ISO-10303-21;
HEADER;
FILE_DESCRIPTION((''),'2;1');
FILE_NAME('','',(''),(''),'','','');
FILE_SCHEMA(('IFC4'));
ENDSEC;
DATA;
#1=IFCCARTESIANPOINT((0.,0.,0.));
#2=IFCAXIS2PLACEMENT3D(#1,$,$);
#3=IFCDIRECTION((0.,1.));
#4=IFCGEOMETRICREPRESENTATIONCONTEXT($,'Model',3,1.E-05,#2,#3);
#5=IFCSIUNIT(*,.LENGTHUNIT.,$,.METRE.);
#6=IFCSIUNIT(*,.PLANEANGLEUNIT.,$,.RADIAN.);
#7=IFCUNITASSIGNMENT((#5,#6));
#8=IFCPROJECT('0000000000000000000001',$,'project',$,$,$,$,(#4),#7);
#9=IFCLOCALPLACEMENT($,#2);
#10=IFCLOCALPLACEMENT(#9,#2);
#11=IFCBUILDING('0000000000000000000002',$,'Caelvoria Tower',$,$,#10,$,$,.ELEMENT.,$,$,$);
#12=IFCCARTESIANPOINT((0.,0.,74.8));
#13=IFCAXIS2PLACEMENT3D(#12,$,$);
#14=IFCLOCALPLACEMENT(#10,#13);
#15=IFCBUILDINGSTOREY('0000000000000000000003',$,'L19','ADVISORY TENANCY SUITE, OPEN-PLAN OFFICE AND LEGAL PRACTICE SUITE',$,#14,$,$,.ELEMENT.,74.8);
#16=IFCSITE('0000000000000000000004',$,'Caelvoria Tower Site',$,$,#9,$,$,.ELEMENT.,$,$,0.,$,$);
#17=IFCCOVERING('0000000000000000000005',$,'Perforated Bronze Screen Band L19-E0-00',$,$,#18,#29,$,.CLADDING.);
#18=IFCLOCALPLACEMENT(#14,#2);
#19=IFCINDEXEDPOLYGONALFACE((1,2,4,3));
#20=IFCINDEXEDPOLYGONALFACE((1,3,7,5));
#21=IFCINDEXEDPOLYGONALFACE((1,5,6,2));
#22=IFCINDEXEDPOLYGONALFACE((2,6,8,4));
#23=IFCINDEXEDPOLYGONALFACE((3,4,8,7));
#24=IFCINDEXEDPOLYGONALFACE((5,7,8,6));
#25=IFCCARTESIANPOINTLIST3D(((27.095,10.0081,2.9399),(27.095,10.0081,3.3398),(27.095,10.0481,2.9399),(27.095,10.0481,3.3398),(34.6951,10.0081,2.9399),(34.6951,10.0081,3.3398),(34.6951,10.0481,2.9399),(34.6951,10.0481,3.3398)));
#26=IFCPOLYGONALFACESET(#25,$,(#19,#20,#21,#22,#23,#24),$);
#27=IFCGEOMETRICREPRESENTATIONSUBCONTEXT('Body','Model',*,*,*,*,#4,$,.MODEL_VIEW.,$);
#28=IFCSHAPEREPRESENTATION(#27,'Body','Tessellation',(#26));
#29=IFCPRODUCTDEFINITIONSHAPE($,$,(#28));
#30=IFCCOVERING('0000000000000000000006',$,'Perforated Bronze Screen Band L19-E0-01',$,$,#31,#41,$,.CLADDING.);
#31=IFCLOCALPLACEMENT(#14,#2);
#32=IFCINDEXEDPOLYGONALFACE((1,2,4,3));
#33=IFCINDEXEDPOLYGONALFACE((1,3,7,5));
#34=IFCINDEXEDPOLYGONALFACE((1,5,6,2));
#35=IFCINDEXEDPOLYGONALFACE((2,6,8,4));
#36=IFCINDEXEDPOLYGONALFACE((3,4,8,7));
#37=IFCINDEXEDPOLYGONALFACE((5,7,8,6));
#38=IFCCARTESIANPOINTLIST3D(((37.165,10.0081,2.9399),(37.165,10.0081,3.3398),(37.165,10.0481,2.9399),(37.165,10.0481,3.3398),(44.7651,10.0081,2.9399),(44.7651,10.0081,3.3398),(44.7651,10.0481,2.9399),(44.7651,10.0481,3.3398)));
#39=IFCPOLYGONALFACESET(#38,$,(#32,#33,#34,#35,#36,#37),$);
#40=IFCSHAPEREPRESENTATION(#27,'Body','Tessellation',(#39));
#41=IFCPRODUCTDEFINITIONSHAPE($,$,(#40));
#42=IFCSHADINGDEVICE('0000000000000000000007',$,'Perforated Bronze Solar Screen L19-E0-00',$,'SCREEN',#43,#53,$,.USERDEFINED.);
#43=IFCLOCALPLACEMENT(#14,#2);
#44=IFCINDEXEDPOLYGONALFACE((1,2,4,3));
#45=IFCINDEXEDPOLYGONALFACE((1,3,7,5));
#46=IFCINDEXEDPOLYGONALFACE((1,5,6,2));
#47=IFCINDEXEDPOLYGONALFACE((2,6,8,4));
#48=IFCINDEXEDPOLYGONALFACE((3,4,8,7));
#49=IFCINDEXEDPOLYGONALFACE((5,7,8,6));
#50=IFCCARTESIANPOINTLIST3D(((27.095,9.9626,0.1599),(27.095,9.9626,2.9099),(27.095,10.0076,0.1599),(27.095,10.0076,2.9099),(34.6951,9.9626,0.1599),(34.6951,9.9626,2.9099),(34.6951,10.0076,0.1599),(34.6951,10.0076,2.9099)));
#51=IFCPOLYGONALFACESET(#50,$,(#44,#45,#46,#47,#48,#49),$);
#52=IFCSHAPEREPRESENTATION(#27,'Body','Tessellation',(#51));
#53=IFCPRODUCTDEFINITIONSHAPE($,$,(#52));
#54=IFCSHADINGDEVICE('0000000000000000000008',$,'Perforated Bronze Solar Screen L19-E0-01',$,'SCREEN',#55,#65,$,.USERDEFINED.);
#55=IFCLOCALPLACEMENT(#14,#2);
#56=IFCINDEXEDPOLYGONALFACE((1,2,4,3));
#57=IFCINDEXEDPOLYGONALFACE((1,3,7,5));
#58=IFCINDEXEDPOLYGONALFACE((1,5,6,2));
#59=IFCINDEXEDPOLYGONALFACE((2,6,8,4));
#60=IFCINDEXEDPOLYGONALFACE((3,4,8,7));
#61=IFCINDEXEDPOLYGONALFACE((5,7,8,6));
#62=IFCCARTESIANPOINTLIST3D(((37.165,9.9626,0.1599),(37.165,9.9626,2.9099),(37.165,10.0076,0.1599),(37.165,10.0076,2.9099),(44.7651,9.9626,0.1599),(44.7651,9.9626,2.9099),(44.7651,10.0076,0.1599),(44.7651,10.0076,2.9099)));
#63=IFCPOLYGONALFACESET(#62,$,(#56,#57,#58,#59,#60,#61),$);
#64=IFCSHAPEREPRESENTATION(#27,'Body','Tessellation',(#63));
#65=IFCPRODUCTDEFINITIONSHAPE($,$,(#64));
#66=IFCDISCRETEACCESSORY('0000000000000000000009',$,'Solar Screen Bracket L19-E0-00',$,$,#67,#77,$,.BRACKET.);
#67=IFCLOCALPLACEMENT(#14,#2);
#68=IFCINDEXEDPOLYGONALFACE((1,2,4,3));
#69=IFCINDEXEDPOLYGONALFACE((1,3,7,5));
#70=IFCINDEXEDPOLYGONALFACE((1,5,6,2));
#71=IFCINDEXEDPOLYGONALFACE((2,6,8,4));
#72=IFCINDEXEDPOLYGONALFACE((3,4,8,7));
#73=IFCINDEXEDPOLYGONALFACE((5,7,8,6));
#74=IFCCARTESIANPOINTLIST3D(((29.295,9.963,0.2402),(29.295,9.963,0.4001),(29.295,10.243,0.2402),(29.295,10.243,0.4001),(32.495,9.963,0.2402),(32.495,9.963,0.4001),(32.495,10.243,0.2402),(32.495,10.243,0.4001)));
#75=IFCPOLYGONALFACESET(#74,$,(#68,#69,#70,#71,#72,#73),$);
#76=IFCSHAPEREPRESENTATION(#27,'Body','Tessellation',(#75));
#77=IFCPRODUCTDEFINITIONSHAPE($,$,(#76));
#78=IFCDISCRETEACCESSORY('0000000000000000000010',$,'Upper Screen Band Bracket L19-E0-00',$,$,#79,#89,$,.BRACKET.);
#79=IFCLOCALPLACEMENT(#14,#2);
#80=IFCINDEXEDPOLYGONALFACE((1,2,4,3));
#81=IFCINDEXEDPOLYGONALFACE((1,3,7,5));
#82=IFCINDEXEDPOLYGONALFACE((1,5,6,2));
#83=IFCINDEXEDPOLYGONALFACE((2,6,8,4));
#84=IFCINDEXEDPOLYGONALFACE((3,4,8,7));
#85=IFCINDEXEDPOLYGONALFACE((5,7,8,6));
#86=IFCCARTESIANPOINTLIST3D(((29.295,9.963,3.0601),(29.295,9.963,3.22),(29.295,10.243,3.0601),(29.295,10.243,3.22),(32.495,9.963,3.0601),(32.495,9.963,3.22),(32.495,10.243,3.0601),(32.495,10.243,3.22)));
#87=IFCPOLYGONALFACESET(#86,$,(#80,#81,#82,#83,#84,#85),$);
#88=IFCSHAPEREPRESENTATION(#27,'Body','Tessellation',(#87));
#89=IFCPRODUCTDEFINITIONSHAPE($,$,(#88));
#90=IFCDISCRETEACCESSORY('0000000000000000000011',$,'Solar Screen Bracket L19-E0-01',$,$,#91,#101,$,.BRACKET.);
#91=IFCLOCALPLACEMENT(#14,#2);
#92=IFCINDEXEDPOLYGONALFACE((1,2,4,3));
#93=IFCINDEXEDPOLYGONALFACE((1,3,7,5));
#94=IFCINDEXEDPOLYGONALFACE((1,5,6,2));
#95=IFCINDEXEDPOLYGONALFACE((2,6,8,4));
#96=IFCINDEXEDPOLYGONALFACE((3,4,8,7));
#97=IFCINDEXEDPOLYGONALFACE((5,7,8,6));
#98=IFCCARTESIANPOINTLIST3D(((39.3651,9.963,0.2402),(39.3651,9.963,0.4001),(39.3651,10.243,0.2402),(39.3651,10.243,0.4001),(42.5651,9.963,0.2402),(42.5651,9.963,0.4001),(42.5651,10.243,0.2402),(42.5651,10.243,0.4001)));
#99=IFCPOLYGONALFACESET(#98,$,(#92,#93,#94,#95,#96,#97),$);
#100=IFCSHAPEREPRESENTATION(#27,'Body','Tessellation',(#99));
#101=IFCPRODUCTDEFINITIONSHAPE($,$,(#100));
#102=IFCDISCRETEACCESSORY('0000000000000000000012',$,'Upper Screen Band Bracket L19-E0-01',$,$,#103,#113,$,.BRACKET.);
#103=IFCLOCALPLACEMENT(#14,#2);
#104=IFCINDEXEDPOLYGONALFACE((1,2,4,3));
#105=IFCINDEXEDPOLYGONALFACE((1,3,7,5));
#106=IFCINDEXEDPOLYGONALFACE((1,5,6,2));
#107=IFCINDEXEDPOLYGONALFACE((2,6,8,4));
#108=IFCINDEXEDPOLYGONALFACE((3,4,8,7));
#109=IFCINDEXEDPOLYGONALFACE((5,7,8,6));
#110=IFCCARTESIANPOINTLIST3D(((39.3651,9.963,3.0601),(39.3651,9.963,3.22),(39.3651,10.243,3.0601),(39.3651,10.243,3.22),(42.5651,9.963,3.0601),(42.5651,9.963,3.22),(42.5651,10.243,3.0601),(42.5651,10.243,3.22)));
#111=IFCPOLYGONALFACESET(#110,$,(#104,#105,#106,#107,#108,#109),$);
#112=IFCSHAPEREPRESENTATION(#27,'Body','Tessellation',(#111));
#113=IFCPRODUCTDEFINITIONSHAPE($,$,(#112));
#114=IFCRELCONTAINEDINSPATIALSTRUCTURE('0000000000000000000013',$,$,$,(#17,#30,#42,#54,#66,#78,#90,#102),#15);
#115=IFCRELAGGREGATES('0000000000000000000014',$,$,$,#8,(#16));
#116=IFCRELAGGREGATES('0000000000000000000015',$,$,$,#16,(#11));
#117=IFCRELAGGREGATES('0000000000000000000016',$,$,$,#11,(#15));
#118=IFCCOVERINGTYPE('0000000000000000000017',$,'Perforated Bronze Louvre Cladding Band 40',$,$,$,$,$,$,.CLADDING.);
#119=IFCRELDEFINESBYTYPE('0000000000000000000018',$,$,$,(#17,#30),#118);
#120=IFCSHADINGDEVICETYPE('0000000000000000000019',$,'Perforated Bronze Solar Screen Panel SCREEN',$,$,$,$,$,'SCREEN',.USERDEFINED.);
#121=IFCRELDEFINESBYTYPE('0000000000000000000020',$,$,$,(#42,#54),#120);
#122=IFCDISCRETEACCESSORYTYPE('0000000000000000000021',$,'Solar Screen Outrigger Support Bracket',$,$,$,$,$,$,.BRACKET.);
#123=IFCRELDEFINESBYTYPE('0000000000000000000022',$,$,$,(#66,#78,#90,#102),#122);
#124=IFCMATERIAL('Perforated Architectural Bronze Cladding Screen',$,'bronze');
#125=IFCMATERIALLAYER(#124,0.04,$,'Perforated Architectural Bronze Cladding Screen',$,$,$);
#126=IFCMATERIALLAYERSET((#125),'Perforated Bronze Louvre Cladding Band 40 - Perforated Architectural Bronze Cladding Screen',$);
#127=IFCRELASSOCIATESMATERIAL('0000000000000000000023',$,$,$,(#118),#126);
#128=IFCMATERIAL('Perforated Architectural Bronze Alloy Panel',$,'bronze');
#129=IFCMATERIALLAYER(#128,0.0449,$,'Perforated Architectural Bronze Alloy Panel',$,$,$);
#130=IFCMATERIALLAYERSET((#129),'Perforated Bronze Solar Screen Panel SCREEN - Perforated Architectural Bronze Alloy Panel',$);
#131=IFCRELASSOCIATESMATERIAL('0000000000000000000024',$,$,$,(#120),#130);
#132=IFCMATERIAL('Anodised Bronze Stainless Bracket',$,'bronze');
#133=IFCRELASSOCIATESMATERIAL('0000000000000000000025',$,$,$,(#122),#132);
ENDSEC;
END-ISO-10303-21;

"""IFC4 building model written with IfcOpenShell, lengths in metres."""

from ifc_helpers import new_model, si_unit, direction, frame, origin, origin_2d, place, context, subcontext, project, spatial, rectangle, extrude, material, layer, layer_set, type_object, element, save


model = new_model("IFC4")

# Units and contexts
model_context = context("Model", 3, precision=1e-05, world=origin(), true_north=direction((0.0, 1.0)))
body_context = subcontext(model_context, "Body", "Model", "MODEL_VIEW")
ifc_project = project(units=[si_unit("LENGTHUNIT", "METRE"), si_unit("PLANEANGLEUNIT", "RADIAN")], contexts=[model_context])

# Site, building, storey
site_placement = place(None, origin())
site = spatial("IfcSite", under=ifc_project, at=site_placement, Name="Caelvoria Tower Site", CompositionType="ELEMENT", RefElevation=0.0)
building_placement = place(site_placement, origin())
building = spatial("IfcBuilding", under=site, at=building_placement, Name="Caelvoria Tower", CompositionType="ELEMENT")
storey_placement = place(building_placement, frame((0.0, 0.0, 74.8)))
storey = spatial("IfcBuildingStorey", under=building, at=storey_placement, Name="L19", Description="ADVISORY TENANCY SUITE, OPEN-PLAN OFFICE AND LEGAL PRACTICE SUITE", CompositionType="ELEMENT", Elevation=74.8)

# Coverings
ifc_material_1 = material(Name="Perforated Architectural Bronze Cladding Screen", Category="bronze")
ifc_layer_1 = layer(ifc_material_1, 0.04, Name="Perforated Architectural Bronze Cladding Screen")
ifc_layer_set_1 = layer_set([ifc_layer_1], Name="Perforated Bronze Louvre Cladding Band 40 - Perforated Architectural Bronze Cladding Screen")
covering_type = type_object("IfcCoveringType", Name="Perforated Bronze Louvre Cladding Band 40", PredefinedType="CLADDING", material=ifc_layer_set_1)
for number, where, z_axis, x_axis, name in (
    (1, (30.895, 10.0281, 2.9399), (0.0, 0.0, 1.0), (1.0, 0.0, 0.0), "Perforated Bronze Screen Band L19-E0-00"),
    (2, (40.9651, 10.0281, 2.9399), (0.0, 0.0, 1.0), (1.0, 0.0, 0.0), "Perforated Bronze Screen Band L19-E0-01"),
):
    element("IfcCovering", number, at=place(storey_placement, frame(where, z_axis=z_axis, x_axis=x_axis)), inside=storey, type_object=covering_type, Name=name, PredefinedType="CLADDING", context=body_context, shape_type="SweptSolid", body=[
        extrude(rectangle(XDim=7.6001, YDim=0.04, at=origin_2d()), origin(), (0.0, 0.0, 1.0), 0.3999),
    ])

# Shading devices
ifc_material_2 = material(Name="Perforated Architectural Bronze Alloy Panel", Category="bronze")
ifc_layer_2 = layer(ifc_material_2, 0.0449, Name="Perforated Architectural Bronze Alloy Panel")
ifc_layer_set_2 = layer_set([ifc_layer_2], Name="Perforated Bronze Solar Screen Panel SCREEN - Perforated Architectural Bronze Alloy Panel")
shading_device_type = type_object("IfcShadingDeviceType", Name="Perforated Bronze Solar Screen Panel SCREEN", ElementType="SCREEN", PredefinedType="USERDEFINED", material=ifc_layer_set_2)
for number, where, z_axis, x_axis, name in (
    (3, (30.895, 9.9851, 0.1599), (0.0, 0.0, 1.0), (1.0, 0.0, 0.0), "Perforated Bronze Solar Screen L19-E0-00"),
    (4, (40.9651, 9.9851, 0.1599), (0.0, 0.0, 1.0), (1.0, 0.0, 0.0), "Perforated Bronze Solar Screen L19-E0-01"),
):
    element("IfcShadingDevice", number, at=place(storey_placement, frame(where, z_axis=z_axis, x_axis=x_axis)), inside=storey, type_object=shading_device_type, Name=name, ObjectType="SCREEN", PredefinedType="USERDEFINED", context=body_context, shape_type="SweptSolid", body=[
        extrude(rectangle(XDim=7.6001, YDim=0.0449, at=origin_2d()), origin(), (0.0, 0.0, 1.0), 2.75),
    ])

# Discrete accessories
ifc_material_3 = material(Name="Anodised Bronze Stainless Bracket", Category="bronze")
discrete_accessory_type = type_object("IfcDiscreteAccessoryType", Name="Solar Screen Outrigger Support Bracket", PredefinedType="BRACKET", material=ifc_material_3)
for number, where, z_axis, x_axis, name in (
    (5, (30.895, 10.103, 0.2402), (0.0, 0.0, 1.0), (1.0, 0.0, 0.0), "Solar Screen Bracket L19-E0-00"),
    (6, (30.895, 10.103, 3.0601), (0.0, 0.0, 1.0), (1.0, 0.0, 0.0), "Upper Screen Band Bracket L19-E0-00"),
    (7, (40.9651, 10.103, 0.2402), (0.0, 0.0, 1.0), (1.0, 0.0, 0.0), "Solar Screen Bracket L19-E0-01"),
    (8, (40.9651, 10.103, 3.0601), (0.0, 0.0, 1.0), (1.0, 0.0, 0.0), "Upper Screen Band Bracket L19-E0-01"),
):
    element("IfcDiscreteAccessory", number, at=place(storey_placement, frame(where, z_axis=z_axis, x_axis=x_axis)), inside=storey, type_object=discrete_accessory_type, Name=name, PredefinedType="BRACKET", context=body_context, shape_type="SweptSolid", body=[
        extrude(rectangle(XDim=3.2, YDim=0.28, at=origin_2d()), origin(), (0.0, 0.0, 1.0), 0.1599),
    ])

save(model, "model.ifc")
